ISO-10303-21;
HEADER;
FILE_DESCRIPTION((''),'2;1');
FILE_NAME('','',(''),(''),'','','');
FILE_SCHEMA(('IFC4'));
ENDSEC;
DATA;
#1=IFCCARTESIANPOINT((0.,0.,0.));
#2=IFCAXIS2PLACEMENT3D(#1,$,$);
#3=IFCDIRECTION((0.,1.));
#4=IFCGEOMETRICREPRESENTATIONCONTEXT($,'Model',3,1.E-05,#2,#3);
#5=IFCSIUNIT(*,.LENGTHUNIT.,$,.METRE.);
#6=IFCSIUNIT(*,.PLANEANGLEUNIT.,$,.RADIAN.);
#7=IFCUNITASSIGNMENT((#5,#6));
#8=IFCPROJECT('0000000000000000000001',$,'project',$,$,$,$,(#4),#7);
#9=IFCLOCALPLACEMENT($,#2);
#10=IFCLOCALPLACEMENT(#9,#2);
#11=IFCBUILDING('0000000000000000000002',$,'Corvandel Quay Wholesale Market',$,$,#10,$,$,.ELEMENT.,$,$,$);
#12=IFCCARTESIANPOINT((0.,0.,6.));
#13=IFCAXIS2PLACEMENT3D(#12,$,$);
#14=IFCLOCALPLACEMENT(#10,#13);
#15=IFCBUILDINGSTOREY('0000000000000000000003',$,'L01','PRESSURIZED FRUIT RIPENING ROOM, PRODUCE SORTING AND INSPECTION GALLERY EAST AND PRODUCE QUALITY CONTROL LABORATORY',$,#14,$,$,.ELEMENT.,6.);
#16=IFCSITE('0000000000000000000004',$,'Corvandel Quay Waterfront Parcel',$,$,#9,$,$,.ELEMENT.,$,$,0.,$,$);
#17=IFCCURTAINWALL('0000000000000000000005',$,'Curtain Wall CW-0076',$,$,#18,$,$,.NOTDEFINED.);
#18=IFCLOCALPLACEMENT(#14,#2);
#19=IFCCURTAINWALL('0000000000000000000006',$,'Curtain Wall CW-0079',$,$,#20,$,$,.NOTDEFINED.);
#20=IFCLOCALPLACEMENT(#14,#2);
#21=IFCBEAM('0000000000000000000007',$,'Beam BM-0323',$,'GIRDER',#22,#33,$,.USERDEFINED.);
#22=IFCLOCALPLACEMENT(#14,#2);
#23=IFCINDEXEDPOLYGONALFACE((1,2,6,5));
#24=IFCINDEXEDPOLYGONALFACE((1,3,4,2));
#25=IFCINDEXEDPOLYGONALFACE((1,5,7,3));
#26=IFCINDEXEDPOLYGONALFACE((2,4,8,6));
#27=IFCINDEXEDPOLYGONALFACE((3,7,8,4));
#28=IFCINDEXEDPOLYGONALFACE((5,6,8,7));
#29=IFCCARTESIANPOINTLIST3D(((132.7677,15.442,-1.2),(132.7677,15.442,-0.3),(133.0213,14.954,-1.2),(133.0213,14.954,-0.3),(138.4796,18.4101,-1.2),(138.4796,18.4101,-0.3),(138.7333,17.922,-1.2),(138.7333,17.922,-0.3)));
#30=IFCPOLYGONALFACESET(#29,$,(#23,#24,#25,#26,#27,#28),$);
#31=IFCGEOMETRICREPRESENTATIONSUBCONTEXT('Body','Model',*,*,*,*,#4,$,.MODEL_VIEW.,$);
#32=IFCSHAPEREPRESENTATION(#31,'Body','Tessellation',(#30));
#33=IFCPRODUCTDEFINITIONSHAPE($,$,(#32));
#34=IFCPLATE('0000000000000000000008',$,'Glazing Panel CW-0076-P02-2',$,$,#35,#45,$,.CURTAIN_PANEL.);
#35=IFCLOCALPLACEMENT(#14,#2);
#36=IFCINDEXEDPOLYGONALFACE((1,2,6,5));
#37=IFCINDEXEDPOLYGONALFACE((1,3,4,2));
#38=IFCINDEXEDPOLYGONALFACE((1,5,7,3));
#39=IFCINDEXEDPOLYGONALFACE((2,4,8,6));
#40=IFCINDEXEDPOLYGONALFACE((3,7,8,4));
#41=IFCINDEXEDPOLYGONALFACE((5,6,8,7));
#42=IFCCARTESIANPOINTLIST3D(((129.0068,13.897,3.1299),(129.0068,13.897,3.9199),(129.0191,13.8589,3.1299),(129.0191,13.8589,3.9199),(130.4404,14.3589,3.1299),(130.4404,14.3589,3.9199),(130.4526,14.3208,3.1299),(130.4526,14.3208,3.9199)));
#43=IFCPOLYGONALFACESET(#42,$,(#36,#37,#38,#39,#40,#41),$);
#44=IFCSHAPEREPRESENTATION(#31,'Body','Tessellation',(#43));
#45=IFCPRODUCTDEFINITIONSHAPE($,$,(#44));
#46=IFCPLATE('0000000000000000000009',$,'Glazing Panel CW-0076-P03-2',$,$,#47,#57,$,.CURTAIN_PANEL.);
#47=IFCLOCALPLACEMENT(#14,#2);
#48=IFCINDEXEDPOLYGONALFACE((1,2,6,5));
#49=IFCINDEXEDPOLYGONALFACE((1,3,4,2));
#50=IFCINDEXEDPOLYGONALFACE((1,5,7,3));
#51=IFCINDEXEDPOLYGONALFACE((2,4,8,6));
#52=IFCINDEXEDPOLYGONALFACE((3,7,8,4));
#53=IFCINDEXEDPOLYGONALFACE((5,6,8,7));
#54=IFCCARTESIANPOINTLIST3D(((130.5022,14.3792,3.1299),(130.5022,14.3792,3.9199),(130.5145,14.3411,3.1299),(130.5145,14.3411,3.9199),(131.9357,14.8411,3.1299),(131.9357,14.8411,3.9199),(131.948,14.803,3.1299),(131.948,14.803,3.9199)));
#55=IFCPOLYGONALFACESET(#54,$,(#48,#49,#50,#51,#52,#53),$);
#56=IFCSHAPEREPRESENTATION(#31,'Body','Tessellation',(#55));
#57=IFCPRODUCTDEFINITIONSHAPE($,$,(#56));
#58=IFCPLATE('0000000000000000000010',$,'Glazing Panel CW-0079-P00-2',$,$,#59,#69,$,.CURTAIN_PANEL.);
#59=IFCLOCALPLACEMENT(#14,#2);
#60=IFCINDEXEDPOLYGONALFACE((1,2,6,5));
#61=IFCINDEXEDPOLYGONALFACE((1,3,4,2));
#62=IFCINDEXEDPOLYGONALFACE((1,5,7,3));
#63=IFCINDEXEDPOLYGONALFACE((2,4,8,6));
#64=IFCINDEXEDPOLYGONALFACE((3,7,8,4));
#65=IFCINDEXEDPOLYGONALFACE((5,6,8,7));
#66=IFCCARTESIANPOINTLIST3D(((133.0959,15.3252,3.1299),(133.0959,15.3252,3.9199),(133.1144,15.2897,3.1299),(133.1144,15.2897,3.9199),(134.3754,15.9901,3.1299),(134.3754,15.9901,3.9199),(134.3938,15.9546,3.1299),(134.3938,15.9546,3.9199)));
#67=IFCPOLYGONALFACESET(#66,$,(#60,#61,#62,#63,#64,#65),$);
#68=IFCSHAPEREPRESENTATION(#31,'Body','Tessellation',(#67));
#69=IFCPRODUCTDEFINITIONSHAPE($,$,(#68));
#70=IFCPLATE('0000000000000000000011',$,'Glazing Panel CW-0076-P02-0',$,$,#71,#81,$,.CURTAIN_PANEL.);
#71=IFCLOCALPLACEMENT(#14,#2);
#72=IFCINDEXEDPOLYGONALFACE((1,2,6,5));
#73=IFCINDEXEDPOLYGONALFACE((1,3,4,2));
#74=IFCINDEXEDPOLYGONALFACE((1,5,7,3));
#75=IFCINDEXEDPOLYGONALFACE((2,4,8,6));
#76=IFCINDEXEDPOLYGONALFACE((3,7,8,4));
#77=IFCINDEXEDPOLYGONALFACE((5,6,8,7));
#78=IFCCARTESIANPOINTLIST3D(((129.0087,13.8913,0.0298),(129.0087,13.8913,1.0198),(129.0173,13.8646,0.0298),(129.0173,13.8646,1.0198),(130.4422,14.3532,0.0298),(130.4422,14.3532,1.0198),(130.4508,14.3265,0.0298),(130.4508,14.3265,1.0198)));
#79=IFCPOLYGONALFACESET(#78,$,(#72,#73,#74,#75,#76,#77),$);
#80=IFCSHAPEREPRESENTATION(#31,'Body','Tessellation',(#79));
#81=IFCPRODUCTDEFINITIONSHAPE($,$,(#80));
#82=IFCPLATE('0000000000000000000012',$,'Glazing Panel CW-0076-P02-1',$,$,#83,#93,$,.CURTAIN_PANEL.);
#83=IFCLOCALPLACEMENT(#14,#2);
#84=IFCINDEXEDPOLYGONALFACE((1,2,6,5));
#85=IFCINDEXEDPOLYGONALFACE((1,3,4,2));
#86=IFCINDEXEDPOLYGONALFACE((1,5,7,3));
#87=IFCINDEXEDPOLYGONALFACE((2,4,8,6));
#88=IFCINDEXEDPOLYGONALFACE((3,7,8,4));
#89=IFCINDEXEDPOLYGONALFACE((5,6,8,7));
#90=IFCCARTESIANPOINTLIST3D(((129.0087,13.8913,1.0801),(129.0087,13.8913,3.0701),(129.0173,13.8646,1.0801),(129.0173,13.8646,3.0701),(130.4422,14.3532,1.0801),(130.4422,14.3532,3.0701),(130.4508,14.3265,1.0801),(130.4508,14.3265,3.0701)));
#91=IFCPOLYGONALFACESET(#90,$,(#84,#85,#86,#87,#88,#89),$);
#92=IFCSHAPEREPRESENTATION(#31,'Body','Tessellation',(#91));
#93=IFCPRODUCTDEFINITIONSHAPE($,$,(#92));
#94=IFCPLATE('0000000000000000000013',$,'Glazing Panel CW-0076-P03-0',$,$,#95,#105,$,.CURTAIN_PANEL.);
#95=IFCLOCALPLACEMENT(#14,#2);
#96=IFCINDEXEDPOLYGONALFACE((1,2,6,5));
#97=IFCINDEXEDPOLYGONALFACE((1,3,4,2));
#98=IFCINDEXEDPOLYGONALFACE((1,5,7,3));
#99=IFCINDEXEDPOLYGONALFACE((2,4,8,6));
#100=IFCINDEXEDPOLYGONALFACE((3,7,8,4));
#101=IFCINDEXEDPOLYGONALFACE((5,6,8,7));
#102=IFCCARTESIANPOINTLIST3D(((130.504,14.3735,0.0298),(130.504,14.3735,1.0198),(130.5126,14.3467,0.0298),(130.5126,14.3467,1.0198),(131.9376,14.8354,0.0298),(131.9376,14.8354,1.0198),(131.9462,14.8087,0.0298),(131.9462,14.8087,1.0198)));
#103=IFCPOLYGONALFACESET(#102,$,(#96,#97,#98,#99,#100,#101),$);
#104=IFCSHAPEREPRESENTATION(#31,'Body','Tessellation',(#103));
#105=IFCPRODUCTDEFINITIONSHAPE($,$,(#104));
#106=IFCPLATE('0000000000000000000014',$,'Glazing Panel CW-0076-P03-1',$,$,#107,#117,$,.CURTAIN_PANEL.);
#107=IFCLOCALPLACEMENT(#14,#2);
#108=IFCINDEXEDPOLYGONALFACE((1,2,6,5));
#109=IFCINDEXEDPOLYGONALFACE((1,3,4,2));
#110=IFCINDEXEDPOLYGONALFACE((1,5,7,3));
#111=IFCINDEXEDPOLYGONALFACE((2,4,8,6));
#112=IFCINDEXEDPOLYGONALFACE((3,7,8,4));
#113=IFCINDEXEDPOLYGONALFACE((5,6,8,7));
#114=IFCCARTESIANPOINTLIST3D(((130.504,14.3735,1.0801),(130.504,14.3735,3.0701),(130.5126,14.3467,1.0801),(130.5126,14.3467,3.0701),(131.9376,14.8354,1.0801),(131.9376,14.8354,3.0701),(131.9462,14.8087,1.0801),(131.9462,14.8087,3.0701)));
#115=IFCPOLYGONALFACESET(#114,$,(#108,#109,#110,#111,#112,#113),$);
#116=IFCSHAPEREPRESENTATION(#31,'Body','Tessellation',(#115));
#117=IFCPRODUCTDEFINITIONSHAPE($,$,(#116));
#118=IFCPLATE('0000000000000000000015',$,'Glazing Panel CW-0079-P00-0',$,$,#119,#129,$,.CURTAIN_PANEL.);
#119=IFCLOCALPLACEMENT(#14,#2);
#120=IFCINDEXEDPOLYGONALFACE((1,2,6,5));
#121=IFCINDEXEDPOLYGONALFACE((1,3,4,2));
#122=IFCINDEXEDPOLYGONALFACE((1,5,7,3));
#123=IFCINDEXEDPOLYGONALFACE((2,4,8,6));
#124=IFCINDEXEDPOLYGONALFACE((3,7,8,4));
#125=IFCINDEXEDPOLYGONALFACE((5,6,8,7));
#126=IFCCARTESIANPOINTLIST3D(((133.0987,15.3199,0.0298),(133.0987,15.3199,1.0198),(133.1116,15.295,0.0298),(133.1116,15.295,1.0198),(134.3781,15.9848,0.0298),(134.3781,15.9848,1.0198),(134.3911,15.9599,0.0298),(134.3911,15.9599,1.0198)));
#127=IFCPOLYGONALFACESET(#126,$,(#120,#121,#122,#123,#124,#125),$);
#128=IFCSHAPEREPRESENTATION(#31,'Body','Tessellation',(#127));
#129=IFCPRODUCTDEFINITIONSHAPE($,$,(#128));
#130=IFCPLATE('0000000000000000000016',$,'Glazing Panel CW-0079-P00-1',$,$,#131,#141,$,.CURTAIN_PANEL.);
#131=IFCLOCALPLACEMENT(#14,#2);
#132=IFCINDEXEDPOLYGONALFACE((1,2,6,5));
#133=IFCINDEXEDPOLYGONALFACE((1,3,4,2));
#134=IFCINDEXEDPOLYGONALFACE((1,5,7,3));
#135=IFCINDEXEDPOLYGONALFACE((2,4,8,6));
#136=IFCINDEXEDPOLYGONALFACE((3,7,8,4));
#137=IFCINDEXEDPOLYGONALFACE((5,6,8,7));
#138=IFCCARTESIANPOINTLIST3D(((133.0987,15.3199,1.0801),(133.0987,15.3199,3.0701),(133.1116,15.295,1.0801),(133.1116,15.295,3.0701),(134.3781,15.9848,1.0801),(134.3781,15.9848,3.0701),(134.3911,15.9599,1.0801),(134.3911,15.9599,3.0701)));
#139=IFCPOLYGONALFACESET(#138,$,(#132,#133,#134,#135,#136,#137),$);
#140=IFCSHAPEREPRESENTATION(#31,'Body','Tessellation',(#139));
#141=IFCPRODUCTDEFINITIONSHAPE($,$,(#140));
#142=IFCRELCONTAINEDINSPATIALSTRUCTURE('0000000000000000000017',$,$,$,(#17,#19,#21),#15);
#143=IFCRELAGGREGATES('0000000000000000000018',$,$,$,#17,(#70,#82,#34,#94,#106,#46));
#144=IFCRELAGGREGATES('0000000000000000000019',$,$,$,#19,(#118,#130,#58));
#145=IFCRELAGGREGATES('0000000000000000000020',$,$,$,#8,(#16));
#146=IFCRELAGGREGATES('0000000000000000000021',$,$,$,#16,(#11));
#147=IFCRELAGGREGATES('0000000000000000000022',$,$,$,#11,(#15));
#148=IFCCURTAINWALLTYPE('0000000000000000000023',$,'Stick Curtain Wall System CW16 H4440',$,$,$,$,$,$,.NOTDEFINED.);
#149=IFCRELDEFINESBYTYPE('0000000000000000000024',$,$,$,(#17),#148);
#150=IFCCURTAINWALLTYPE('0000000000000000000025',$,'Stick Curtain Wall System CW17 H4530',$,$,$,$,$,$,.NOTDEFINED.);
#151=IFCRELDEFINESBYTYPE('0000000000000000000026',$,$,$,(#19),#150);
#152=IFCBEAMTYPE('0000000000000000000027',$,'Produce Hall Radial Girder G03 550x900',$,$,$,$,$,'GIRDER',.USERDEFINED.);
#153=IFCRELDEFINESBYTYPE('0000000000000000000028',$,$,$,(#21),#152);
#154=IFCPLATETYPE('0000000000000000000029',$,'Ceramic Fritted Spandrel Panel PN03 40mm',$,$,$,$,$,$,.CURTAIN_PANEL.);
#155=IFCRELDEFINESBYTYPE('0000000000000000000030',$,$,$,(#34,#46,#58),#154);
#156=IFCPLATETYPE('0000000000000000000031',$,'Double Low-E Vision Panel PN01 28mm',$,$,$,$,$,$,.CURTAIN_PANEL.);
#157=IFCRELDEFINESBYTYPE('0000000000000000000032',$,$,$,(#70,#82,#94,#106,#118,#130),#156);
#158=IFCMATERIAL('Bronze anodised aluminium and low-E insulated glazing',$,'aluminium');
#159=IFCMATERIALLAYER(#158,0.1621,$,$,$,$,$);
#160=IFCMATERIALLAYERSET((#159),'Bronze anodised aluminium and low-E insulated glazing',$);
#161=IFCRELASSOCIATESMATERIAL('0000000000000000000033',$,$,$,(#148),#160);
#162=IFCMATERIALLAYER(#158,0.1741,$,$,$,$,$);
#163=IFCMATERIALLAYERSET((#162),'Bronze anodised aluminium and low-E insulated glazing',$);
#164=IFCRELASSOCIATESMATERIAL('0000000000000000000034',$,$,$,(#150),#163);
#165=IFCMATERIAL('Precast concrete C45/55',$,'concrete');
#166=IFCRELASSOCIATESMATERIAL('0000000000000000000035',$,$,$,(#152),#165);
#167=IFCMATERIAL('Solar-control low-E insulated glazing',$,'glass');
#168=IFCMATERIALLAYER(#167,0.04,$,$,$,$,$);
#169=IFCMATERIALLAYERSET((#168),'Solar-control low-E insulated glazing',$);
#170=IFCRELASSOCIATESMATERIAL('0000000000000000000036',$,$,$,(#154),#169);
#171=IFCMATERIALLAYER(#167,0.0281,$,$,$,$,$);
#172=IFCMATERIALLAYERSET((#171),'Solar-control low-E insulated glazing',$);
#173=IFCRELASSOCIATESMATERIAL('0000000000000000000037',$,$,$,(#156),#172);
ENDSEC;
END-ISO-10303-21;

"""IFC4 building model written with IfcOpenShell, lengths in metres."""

from ifc_helpers import new_model, si_unit, direction, frame, origin, origin_2d, place, context, subcontext, project, spatial, rectangle, extrude, material, layer, layer_set, material_profile, profile_set, type_object, element, aggregate, save


model = new_model("IFC4")

# Units and contexts
model_context = context("Model", 3, precision=1e-05, world=origin(), true_north=direction((0.0, 1.0)))
body_context = subcontext(model_context, "Body", "Model", "MODEL_VIEW")
ifc_project = project(units=[si_unit("LENGTHUNIT", "METRE"), si_unit("PLANEANGLEUNIT", "RADIAN")], contexts=[model_context])

# Site, building, storey
site_placement = place(None, origin())
site = spatial("IfcSite", under=ifc_project, at=site_placement, Name="Corvandel Quay Waterfront Parcel", CompositionType="ELEMENT", RefElevation=0.0)
building_placement = place(site_placement, origin())
building = spatial("IfcBuilding", under=site, at=building_placement, Name="Corvandel Quay Wholesale Market", CompositionType="ELEMENT")
storey_placement = place(building_placement, frame((0.0, 0.0, 6.0)))
storey = spatial("IfcBuildingStorey", under=building, at=storey_placement, Name="L01", Description="PRESSURIZED FRUIT RIPENING ROOM, PRODUCE SORTING AND INSPECTION GALLERY EAST AND PRODUCE QUALITY CONTROL LABORATORY", CompositionType="ELEMENT", Elevation=6.0)

# Shared definitions
ifc_material_1 = material(Name="Precast concrete C45/55", Category="concrete")

# Curtain wall
ifc_material_2 = material(Name="Bronze anodised aluminium and low-E insulated glazing", Category="aluminium")
ifc_layer_1 = layer(ifc_material_2, 0.1621)
ifc_layer_set_1 = layer_set([ifc_layer_1], Name="Bronze anodised aluminium and low-E insulated glazing")
curtain_wall_type_1 = type_object("IfcCurtainWallType", Name="Stick Curtain Wall System CW16 H4440", PredefinedType="NOTDEFINED", material=ifc_layer_set_1)
curtain_wall_1_placement = place(storey_placement, origin())
curtain_wall_1 = element("IfcCurtainWall", 1, at=curtain_wall_1_placement, inside=storey, type_object=curtain_wall_type_1, Name="Curtain Wall CW-0076", PredefinedType="NOTDEFINED")

# Curtain wall
ifc_layer_2 = layer(ifc_material_2, 0.1741)
ifc_layer_set_2 = layer_set([ifc_layer_2], Name="Bronze anodised aluminium and low-E insulated glazing")
curtain_wall_type_2 = type_object("IfcCurtainWallType", Name="Stick Curtain Wall System CW17 H4530", PredefinedType="NOTDEFINED", material=ifc_layer_set_2)
curtain_wall_2_placement = place(storey_placement, origin())
curtain_wall_2 = element("IfcCurtainWall", 2, at=curtain_wall_2_placement, inside=storey, type_object=curtain_wall_type_2, Name="Curtain Wall CW-0079", PredefinedType="NOTDEFINED")

# Beam
ifc_material_profile_1 = material_profile(ifc_material_1, rectangle(XDim=0.55, YDim=0.8999, at=origin_2d()), Name="PC-GIR-550x900")
ifc_profile_set_1 = profile_set([ifc_material_profile_1], Name="Precast concrete C45/55")
beam_type = type_object("IfcBeamType", Name="Produce Hall Radial Girder G03 550x900", ElementType="GIRDER", PredefinedType="USERDEFINED", material=ifc_profile_set_1)
beam_placement = place(storey_placement, frame((132.8945, 15.198, -0.75), z_axis=(0.887355, 0.461086, 0.0), x_axis=(-0.461086, 0.887355, 0.0)))
element("IfcBeam", 3, at=beam_placement, inside=storey, type_object=beam_type, Name="Beam BM-0323", ObjectType="GIRDER", PredefinedType="USERDEFINED", context=body_context, shape_type="SweptSolid", body=[
    extrude(rectangle(XDim=0.55, YDim=0.8999, at=origin_2d()), origin(), (0.0, 0.0, 1.0), 6.437),
])

# Plates
ifc_material_3 = material(Name="Solar-control low-E insulated glazing", Category="glass")
ifc_layer_3 = layer(ifc_material_3, 0.04)
ifc_layer_set_3 = layer_set([ifc_layer_3], Name="Solar-control low-E insulated glazing")
plate_type_1 = type_object("IfcPlateType", Name="Ceramic Fritted Spandrel Panel PN03 40mm", PredefinedType="CURTAIN_PANEL", material=ifc_layer_set_3)
plate_1_placement = place(storey_placement, frame((129.7297, 14.1089, 3.1299), z_axis=(0.0, 0.0, 1.0), x_axis=(0.951809, 0.306692, 0.0)))
plate_1 = element("IfcPlate", 4, at=plate_1_placement, type_object=plate_type_1, Name="Glazing Panel CW-0076-P02-2", PredefinedType="CURTAIN_PANEL", context=body_context, shape_type="SweptSolid", body=[
    extrude(rectangle(XDim=1.5061, YDim=0.04, at=origin_2d()), origin(), (0.0, 0.0, 1.0), 0.79),
])
plate_2_placement = place(storey_placement, frame((131.2251, 14.5911, 3.1299), z_axis=(0.0, 0.0, 1.0), x_axis=(0.951809, 0.306692, 0.0)))
plate_2 = element("IfcPlate", 5, at=plate_2_placement, type_object=plate_type_1, Name="Glazing Panel CW-0076-P03-2", PredefinedType="CURTAIN_PANEL", context=body_context, shape_type="SweptSolid", body=[
    extrude(rectangle(XDim=1.5061, YDim=0.04, at=origin_2d()), origin(), (0.0, 0.0, 1.0), 0.79),
])
plate_3_placement = place(storey_placement, frame((133.7449, 15.6399, 3.1299), z_axis=(0.0, 0.0, 1.0), x_axis=(0.887333, 0.461129, 0.0)))
plate_3 = element("IfcPlate", 6, at=plate_3_placement, type_object=plate_type_1, Name="Glazing Panel CW-0079-P00-2", PredefinedType="CURTAIN_PANEL", context=body_context, shape_type="SweptSolid", body=[
    extrude(rectangle(XDim=1.4419, YDim=0.04, at=origin_2d()), origin(), (0.0, 0.0, 1.0), 0.79),
])
ifc_layer_4 = layer(ifc_material_3, 0.0281)
ifc_layer_set_4 = layer_set([ifc_layer_4], Name="Solar-control low-E insulated glazing")
plate_type_2 = type_object("IfcPlateType", Name="Double Low-E Vision Panel PN01 28mm", PredefinedType="CURTAIN_PANEL", material=ifc_layer_set_4)
plate_4_placement = place(storey_placement, frame((129.7297, 14.1089, 0.0298), z_axis=(0.0, 0.0, 1.0), x_axis=(0.951809, 0.306692, 0.0)))
plate_4 = element("IfcPlate", 7, at=plate_4_placement, type_object=plate_type_2, Name="Glazing Panel CW-0076-P02-0", PredefinedType="CURTAIN_PANEL", context=body_context, shape_type="SweptSolid", body=[
    extrude(rectangle(XDim=1.5061, YDim=0.0281, at=origin_2d()), origin(), (0.0, 0.0, 1.0), 0.99),
])
plate_5_placement = place(storey_placement, frame((129.7297, 14.1089, 1.0801), z_axis=(0.0, 0.0, 1.0), x_axis=(0.951809, 0.306692, 0.0)))
plate_5 = element("IfcPlate", 8, at=plate_5_placement, type_object=plate_type_2, Name="Glazing Panel CW-0076-P02-1", PredefinedType="CURTAIN_PANEL", context=body_context, shape_type="SweptSolid", body=[
    extrude(rectangle(XDim=1.5061, YDim=0.0281, at=origin_2d()), origin(), (0.0, 0.0, 1.0), 1.99),
])
plate_6_placement = place(storey_placement, frame((131.2251, 14.5911, 0.0298), z_axis=(0.0, 0.0, 1.0), x_axis=(0.951809, 0.306692, 0.0)))
plate_6 = element("IfcPlate", 9, at=plate_6_placement, type_object=plate_type_2, Name="Glazing Panel CW-0076-P03-0", PredefinedType="CURTAIN_PANEL", context=body_context, shape_type="SweptSolid", body=[
    extrude(rectangle(XDim=1.5061, YDim=0.0281, at=origin_2d()), origin(), (0.0, 0.0, 1.0), 0.99),
])
plate_7_placement = place(storey_placement, frame((131.2251, 14.5911, 1.0801), z_axis=(0.0, 0.0, 1.0), x_axis=(0.951809, 0.306692, 0.0)))
plate_7 = element("IfcPlate", 10, at=plate_7_placement, type_object=plate_type_2, Name="Glazing Panel CW-0076-P03-1", PredefinedType="CURTAIN_PANEL", context=body_context, shape_type="SweptSolid", body=[
    extrude(rectangle(XDim=1.5061, YDim=0.0281, at=origin_2d()), origin(), (0.0, 0.0, 1.0), 1.99),
])
aggregate(curtain_wall_1, [plate_4, plate_5, plate_1, plate_6, plate_7, plate_2])
plate_8_placement = place(storey_placement, frame((133.7449, 15.6399, 0.0298), z_axis=(0.0, 0.0, 1.0), x_axis=(0.887333, 0.461129, 0.0)))
plate_8 = element("IfcPlate", 11, at=plate_8_placement, type_object=plate_type_2, Name="Glazing Panel CW-0079-P00-0", PredefinedType="CURTAIN_PANEL", context=body_context, shape_type="SweptSolid", body=[
    extrude(rectangle(XDim=1.4419, YDim=0.0281, at=origin_2d()), origin(), (0.0, 0.0, 1.0), 0.99),
])
plate_9_placement = place(storey_placement, frame((133.7449, 15.6399, 1.0801), z_axis=(0.0, 0.0, 1.0), x_axis=(0.887333, 0.461129, 0.0)))
plate_9 = element("IfcPlate", 12, at=plate_9_placement, type_object=plate_type_2, Name="Glazing Panel CW-0079-P00-1", PredefinedType="CURTAIN_PANEL", context=body_context, shape_type="SweptSolid", body=[
    extrude(rectangle(XDim=1.4419, YDim=0.0281, at=origin_2d()), origin(), (0.0, 0.0, 1.0), 1.99),
])
aggregate(curtain_wall_2, [plate_8, plate_9, plate_3])

save(model, "model.ifc")
